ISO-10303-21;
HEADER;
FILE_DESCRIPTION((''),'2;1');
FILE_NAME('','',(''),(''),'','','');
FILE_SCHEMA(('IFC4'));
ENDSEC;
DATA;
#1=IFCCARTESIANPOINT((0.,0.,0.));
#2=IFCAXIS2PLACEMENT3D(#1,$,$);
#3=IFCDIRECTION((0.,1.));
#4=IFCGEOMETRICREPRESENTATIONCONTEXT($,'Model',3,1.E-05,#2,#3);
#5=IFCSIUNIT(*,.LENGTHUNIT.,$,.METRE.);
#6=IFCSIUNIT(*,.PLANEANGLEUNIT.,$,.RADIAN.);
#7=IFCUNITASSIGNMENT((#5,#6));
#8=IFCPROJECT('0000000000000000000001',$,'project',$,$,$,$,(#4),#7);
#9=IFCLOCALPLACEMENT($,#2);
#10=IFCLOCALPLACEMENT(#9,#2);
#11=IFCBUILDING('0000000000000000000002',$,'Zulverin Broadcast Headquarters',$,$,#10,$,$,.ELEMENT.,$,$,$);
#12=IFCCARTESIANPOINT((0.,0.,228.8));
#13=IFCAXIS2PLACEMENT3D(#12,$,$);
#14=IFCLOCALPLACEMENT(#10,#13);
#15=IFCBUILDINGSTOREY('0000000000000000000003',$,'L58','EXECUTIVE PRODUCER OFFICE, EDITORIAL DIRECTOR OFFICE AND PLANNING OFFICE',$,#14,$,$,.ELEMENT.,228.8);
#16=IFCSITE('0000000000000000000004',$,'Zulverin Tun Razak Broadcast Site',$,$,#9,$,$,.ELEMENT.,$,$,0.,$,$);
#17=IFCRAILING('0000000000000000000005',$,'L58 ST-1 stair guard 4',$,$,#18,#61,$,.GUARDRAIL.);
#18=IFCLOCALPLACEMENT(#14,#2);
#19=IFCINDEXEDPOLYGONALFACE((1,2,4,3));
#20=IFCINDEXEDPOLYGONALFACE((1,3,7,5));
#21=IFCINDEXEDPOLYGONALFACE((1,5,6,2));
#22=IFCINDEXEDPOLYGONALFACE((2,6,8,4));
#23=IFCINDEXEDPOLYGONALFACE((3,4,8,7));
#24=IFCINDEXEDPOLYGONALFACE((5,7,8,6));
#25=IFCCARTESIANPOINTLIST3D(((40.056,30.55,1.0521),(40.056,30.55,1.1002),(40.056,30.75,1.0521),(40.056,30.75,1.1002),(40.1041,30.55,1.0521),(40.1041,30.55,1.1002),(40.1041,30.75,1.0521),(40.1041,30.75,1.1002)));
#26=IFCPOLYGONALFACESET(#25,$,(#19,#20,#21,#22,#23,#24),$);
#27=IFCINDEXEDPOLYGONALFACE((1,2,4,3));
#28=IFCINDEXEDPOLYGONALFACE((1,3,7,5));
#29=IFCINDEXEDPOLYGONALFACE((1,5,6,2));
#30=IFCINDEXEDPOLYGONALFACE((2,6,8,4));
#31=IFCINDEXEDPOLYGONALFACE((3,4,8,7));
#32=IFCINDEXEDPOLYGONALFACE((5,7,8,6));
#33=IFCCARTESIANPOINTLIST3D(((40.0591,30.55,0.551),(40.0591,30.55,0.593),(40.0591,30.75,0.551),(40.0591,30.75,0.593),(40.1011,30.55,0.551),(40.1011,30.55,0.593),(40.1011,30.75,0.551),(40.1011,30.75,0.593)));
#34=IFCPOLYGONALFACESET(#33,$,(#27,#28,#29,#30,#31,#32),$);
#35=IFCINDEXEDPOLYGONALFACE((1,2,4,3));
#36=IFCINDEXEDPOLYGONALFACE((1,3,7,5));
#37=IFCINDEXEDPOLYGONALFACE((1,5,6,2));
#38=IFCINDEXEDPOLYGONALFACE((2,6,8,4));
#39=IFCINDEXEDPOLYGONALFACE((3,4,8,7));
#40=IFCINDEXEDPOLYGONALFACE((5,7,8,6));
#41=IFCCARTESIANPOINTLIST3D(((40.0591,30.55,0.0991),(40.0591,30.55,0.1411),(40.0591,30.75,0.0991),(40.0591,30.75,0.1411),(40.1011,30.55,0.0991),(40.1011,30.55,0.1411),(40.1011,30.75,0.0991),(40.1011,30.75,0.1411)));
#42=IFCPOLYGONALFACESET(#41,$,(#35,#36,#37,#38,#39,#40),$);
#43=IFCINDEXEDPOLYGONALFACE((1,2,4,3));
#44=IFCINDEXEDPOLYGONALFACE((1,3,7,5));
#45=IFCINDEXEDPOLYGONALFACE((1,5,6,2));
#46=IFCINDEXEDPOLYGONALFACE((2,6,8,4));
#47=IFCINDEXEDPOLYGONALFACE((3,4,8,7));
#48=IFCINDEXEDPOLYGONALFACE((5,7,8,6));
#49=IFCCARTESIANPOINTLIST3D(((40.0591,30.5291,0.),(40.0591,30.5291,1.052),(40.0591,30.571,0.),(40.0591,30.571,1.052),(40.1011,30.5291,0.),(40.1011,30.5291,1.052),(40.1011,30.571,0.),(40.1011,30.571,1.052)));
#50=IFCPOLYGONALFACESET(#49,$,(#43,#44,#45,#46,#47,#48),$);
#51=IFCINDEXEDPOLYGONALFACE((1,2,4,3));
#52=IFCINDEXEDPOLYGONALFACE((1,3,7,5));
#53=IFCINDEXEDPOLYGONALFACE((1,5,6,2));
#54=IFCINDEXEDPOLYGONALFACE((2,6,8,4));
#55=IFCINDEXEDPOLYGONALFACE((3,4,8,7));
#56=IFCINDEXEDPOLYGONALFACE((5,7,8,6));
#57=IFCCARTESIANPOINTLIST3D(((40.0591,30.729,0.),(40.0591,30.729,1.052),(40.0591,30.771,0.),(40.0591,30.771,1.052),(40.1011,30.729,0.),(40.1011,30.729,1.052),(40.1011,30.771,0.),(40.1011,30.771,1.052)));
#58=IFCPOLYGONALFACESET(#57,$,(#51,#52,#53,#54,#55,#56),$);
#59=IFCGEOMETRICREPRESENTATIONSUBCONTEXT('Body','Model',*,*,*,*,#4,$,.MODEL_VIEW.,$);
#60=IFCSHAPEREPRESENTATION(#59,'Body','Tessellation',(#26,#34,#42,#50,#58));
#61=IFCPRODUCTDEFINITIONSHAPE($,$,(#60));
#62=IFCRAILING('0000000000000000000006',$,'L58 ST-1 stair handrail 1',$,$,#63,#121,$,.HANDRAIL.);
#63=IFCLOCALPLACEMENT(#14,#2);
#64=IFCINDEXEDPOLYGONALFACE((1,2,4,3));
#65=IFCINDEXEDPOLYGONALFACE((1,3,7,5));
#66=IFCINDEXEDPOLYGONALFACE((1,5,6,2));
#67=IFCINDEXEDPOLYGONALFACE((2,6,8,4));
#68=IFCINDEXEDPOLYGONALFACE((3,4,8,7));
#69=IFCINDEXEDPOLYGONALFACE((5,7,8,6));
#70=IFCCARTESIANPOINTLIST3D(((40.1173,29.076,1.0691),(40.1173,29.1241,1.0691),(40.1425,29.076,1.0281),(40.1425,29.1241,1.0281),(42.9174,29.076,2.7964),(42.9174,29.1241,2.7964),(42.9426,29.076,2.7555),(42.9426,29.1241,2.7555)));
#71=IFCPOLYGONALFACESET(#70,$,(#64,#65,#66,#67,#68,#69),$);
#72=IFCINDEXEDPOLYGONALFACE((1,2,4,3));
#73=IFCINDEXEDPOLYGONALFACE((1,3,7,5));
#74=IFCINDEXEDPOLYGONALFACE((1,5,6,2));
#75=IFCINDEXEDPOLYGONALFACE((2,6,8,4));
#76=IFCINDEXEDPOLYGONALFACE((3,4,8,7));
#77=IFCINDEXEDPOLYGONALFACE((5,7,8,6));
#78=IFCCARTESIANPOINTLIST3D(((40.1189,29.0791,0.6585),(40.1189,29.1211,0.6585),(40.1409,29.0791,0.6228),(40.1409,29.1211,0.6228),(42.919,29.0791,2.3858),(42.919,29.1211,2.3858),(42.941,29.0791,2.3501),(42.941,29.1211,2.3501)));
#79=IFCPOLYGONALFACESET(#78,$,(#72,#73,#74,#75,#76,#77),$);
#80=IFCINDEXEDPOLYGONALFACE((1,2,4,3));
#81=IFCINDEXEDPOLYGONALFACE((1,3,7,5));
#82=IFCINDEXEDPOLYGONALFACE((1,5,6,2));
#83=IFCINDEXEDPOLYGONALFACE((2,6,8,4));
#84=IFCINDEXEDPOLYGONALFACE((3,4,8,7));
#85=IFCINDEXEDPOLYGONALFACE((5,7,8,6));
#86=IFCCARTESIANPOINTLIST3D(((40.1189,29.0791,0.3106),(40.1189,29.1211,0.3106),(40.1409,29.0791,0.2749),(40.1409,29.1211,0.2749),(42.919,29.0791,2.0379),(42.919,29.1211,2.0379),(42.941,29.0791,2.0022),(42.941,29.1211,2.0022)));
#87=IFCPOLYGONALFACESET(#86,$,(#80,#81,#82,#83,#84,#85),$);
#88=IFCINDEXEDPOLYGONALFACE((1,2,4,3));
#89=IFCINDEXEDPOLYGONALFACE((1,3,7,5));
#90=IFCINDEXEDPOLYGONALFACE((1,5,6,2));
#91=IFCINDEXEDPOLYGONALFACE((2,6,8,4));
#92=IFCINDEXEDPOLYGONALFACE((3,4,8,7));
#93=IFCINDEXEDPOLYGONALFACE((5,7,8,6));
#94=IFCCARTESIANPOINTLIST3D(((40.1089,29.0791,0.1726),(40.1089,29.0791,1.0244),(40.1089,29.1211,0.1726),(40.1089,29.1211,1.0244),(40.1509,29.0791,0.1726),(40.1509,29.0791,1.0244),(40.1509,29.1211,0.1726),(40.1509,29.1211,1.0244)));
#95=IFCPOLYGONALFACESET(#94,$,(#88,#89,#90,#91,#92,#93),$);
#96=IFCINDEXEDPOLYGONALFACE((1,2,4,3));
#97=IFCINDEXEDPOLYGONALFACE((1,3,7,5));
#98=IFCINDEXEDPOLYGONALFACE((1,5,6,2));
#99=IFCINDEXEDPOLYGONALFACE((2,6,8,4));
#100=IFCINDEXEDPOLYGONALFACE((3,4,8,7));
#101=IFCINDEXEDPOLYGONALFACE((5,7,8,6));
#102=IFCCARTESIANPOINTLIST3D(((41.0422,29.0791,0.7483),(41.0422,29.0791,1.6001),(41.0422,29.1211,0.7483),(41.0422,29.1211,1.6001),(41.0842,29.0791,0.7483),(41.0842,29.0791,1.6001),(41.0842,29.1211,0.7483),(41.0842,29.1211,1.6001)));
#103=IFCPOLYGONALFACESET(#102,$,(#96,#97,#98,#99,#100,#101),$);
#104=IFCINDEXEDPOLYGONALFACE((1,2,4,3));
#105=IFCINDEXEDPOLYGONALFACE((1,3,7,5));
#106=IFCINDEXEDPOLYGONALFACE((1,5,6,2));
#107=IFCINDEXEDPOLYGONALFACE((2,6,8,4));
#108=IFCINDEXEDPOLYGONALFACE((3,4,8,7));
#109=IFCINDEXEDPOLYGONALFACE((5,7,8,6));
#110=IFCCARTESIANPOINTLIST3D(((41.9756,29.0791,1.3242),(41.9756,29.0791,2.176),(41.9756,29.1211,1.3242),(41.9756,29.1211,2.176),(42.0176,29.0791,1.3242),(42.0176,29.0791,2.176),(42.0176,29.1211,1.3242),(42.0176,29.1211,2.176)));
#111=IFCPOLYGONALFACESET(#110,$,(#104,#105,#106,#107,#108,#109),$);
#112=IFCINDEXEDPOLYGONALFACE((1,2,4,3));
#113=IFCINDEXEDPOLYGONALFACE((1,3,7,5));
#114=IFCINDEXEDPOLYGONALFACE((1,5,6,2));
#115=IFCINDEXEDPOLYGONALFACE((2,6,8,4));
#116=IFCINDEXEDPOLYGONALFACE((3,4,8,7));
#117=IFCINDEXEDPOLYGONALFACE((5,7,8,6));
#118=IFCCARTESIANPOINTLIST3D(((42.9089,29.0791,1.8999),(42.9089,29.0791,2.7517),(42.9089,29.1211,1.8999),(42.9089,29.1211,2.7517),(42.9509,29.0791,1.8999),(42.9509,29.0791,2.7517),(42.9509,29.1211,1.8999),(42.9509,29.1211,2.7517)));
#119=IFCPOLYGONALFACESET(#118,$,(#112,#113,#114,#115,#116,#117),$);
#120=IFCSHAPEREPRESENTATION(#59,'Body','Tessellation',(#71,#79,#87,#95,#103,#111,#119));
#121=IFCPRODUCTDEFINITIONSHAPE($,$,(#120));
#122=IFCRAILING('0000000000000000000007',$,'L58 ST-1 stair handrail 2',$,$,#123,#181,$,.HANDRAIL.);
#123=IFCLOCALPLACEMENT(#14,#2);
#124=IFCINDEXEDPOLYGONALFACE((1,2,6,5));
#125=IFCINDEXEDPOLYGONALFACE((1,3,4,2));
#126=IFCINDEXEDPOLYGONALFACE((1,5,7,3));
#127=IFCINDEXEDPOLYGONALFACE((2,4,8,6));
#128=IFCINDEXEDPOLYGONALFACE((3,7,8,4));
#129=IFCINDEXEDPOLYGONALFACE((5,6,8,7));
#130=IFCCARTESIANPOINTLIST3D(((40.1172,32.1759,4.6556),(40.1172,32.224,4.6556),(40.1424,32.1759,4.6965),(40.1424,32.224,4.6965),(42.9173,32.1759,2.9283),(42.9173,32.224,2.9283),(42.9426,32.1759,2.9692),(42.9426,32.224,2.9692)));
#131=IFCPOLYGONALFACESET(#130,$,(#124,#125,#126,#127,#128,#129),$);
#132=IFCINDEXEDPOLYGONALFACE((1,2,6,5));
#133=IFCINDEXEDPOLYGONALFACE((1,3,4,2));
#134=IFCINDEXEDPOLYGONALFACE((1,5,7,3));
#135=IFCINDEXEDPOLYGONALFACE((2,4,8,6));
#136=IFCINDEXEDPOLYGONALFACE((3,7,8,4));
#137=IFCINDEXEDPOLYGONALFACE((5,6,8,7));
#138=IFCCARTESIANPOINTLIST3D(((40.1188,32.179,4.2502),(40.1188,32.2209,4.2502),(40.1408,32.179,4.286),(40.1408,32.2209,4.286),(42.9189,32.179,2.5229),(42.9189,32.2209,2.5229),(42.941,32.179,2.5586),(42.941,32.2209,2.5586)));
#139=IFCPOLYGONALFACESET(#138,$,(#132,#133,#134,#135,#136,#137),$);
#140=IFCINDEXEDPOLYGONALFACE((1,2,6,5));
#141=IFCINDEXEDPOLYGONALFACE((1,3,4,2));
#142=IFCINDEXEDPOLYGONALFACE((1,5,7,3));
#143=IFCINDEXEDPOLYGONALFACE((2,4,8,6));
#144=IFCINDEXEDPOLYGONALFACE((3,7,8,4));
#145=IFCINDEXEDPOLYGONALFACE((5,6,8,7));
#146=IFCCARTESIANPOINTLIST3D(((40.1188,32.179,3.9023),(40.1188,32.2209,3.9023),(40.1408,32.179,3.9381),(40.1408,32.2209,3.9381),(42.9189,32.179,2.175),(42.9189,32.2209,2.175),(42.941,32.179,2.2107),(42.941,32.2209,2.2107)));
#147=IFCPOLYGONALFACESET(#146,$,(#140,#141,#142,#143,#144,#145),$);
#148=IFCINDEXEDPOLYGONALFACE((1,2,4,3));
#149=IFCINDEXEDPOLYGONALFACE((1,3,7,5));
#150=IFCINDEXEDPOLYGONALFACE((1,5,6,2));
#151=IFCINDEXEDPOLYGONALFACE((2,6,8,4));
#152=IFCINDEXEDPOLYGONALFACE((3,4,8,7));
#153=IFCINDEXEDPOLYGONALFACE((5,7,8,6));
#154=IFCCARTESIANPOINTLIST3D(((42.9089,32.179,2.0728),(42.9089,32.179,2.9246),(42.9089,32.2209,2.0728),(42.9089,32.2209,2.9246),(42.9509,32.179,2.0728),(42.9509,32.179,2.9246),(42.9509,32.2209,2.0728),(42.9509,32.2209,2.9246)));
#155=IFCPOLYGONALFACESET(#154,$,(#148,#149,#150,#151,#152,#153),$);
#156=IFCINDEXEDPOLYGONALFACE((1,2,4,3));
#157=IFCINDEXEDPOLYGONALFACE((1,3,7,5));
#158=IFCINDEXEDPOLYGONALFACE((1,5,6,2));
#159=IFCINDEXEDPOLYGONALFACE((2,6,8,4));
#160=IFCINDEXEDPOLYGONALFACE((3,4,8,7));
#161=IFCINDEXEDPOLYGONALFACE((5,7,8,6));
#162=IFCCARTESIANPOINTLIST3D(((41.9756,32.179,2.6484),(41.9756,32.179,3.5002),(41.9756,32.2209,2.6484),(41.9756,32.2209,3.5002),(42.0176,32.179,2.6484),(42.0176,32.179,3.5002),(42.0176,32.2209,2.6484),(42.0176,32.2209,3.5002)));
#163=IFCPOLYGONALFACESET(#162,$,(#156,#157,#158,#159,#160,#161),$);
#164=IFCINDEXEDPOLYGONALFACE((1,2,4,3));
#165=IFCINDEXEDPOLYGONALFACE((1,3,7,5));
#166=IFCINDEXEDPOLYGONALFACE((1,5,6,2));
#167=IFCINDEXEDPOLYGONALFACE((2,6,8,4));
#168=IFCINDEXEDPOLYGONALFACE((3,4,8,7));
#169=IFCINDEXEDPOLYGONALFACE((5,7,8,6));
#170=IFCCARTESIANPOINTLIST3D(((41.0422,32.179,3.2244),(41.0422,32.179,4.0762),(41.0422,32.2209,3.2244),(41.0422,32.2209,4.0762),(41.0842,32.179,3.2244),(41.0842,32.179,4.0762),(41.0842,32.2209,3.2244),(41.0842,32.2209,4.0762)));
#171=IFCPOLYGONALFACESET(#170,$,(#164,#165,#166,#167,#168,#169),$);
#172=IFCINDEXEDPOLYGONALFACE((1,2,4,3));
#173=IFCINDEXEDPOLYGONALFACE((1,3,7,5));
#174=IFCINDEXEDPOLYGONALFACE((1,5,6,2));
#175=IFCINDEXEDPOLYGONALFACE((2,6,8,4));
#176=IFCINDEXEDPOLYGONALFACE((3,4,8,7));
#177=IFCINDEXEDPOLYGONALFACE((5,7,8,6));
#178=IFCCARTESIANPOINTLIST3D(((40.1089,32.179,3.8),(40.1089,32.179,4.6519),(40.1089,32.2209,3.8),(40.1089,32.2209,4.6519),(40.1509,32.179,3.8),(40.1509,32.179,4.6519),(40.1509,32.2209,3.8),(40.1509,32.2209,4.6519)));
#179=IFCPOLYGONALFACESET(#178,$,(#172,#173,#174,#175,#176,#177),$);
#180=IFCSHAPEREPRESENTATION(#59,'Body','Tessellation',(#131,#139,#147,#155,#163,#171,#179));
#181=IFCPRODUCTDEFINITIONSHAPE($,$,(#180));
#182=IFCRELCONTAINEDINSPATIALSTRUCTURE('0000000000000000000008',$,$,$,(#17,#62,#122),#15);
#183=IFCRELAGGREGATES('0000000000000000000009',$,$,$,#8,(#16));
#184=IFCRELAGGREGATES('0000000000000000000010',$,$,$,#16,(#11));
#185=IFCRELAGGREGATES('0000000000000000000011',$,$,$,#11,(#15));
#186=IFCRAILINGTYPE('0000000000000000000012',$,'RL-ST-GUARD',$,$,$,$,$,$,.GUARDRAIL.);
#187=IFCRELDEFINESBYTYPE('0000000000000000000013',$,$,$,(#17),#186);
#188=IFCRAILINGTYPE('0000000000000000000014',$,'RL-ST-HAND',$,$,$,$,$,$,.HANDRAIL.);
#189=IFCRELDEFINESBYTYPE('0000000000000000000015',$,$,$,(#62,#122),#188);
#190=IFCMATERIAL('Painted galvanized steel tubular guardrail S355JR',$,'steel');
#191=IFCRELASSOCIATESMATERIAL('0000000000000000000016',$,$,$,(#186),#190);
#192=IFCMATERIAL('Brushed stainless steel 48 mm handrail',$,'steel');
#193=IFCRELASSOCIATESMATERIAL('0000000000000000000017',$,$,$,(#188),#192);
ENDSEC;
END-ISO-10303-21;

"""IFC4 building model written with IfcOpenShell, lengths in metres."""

from ifc_helpers import new_model, si_unit, direction, frame, origin, origin_2d, place, context, subcontext, project, spatial, rectangle, extrude, material, type_object, element, save


model = new_model("IFC4")

# Units and contexts
model_context = context("Model", 3, precision=1e-05, world=origin(), true_north=direction((0.0, 1.0)))
body_context = subcontext(model_context, "Body", "Model", "MODEL_VIEW")
ifc_project = project(units=[si_unit("LENGTHUNIT", "METRE"), si_unit("PLANEANGLEUNIT", "RADIAN")], contexts=[model_context])

# Site, building, storey
site_placement = place(None, origin())
site = spatial("IfcSite", under=ifc_project, at=site_placement, Name="Zulverin Tun Razak Broadcast Site", CompositionType="ELEMENT", RefElevation=0.0)
building_placement = place(site_placement, origin())
building = spatial("IfcBuilding", under=site, at=building_placement, Name="Zulverin Broadcast Headquarters", CompositionType="ELEMENT")
storey_placement = place(building_placement, frame((0.0, 0.0, 228.8)))
storey = spatial("IfcBuildingStorey", under=building, at=storey_placement, Name="L58", Description="EXECUTIVE PRODUCER OFFICE, EDITORIAL DIRECTOR OFFICE AND PLANNING OFFICE", CompositionType="ELEMENT", Elevation=228.8)

# Railings
ifc_material_1 = material(Name="Painted galvanized steel tubular guardrail S355JR", Category="steel")
railing_type_1 = type_object("IfcRailingType", Name="RL-ST-GUARD", PredefinedType="GUARDRAIL", material=ifc_material_1)
railing_1_placement = place(storey_placement, frame((40.0801, 30.55, 0.0)))
element("IfcRailing", 1, at=railing_1_placement, inside=storey, type_object=railing_type_1, Name="L58 ST-1 stair guard 4", PredefinedType="GUARDRAIL", context=body_context, shape_type="SweptSolid", body=[
    extrude(rectangle(XDim=0.0481, YDim=0.0481, at=origin_2d()), frame((0.0, 0.0, 1.0762), z_axis=(0.0, 1.0, 0.0), x_axis=(-1.0, 0.0, 0.0)), (0.0, 0.0, 1.0), 0.2),
    extrude(rectangle(XDim=0.042, YDim=0.042, at=origin_2d()), frame((0.0, 0.0, 0.572), z_axis=(0.0, 1.0, 0.0), x_axis=(-1.0, 0.0, 0.0)), (0.0, 0.0, 1.0), 0.2),
    extrude(rectangle(XDim=0.042, YDim=0.042, at=origin_2d()), frame((0.0, 0.0, 0.1201), z_axis=(0.0, 1.0, 0.0), x_axis=(-1.0, 0.0, 0.0)), (0.0, 0.0, 1.0), 0.2),
    extrude(rectangle(XDim=0.042, YDim=0.042, at=origin_2d()), origin(), (0.0, 0.0, 1.0), 1.052),
    extrude(rectangle(XDim=0.042, YDim=0.042, at=origin_2d()), frame((0.0, 0.2, 0.0)), (0.0, 0.0, 1.0), 1.052),
])
ifc_material_2 = material(Name="Brushed stainless steel 48 mm handrail", Category="steel")
railing_type_2 = type_object("IfcRailingType", Name="RL-ST-HAND", PredefinedType="HANDRAIL", material=ifc_material_2)
railing_2_placement = place(storey_placement, frame((40.1299, 29.1001, 0.1726)))
element("IfcRailing", 2, at=railing_2_placement, inside=storey, type_object=railing_type_2, Name="L58 ST-1 stair handrail 1", PredefinedType="HANDRAIL", context=body_context, shape_type="SweptSolid", body=[
    extrude(rectangle(XDim=0.0481, YDim=0.0481, at=origin_2d()), frame((0.0, 0.0, 0.876), z_axis=(0.85109, 0.0, 0.52502), x_axis=(0.0, 1.0, 0.0)), (0.0, 0.0, 1.0), 3.29),
    extrude(rectangle(XDim=0.042, YDim=0.042, at=origin_2d()), frame((0.0, 0.0, 0.468), z_axis=(0.85109, 0.0, 0.52502), x_axis=(0.0, 1.0, 0.0)), (0.0, 0.0, 1.0), 3.29),
    extrude(rectangle(XDim=0.042, YDim=0.042, at=origin_2d()), frame((0.0, 0.0, 0.1201), z_axis=(0.85109, 0.0, 0.52502), x_axis=(0.0, 1.0, 0.0)), (0.0, 0.0, 1.0), 3.29),
    extrude(rectangle(XDim=0.042, YDim=0.042, at=origin_2d()), origin(), (0.0, 0.0, 1.0), 0.8518),
    extrude(rectangle(XDim=0.042, YDim=0.042, at=origin_2d()), frame((0.9333, 0.0, 0.5757)), (0.0, 0.0, 1.0), 0.8518),
    extrude(rectangle(XDim=0.042, YDim=0.042, at=origin_2d()), frame((1.8667, 0.0, 1.1516)), (0.0, 0.0, 1.0), 0.8518),
    extrude(rectangle(XDim=0.042, YDim=0.042, at=origin_2d()), frame((2.8, 0.0, 1.7273)), (0.0, 0.0, 1.0), 0.8518),
])
railing_3_placement = place(storey_placement, frame((42.9299, 32.2, 2.0728)))
element("IfcRailing", 3, at=railing_3_placement, inside=storey, type_object=railing_type_2, Name="L58 ST-1 stair handrail 2", PredefinedType="HANDRAIL", context=body_context, shape_type="SweptSolid", body=[
    extrude(rectangle(XDim=0.0481, YDim=0.0481, at=origin_2d()), frame((0.0, 0.0, 0.876), z_axis=(-0.85109, 0.0, 0.52502), x_axis=(0.0, -1.0, 0.0)), (0.0, 0.0, 1.0), 3.29),
    extrude(rectangle(XDim=0.042, YDim=0.042, at=origin_2d()), frame((0.0, 0.0, 0.468), z_axis=(-0.85109, 0.0, 0.52502), x_axis=(0.0, -1.0, 0.0)), (0.0, 0.0, 1.0), 3.29),
    extrude(rectangle(XDim=0.042, YDim=0.042, at=origin_2d()), frame((0.0, 0.0, 0.1201), z_axis=(-0.85109, 0.0, 0.52502), x_axis=(0.0, -1.0, 0.0)), (0.0, 0.0, 1.0), 3.29),
    extrude(rectangle(XDim=0.042, YDim=0.042, at=origin_2d()), origin(), (0.0, 0.0, 1.0), 0.8518),
    extrude(rectangle(XDim=0.042, YDim=0.042, at=origin_2d()), frame((-0.9333, 0.0, 0.5757)), (0.0, 0.0, 1.0), 0.8518),
    extrude(rectangle(XDim=0.042, YDim=0.042, at=origin_2d()), frame((-1.8667, 0.0, 1.1516)), (0.0, 0.0, 1.0), 0.8518),
    extrude(rectangle(XDim=0.042, YDim=0.042, at=origin_2d()), frame((-2.8, 0.0, 1.7273)), (0.0, 0.0, 1.0), 0.8518),
])

save(model, "model.ifc")
